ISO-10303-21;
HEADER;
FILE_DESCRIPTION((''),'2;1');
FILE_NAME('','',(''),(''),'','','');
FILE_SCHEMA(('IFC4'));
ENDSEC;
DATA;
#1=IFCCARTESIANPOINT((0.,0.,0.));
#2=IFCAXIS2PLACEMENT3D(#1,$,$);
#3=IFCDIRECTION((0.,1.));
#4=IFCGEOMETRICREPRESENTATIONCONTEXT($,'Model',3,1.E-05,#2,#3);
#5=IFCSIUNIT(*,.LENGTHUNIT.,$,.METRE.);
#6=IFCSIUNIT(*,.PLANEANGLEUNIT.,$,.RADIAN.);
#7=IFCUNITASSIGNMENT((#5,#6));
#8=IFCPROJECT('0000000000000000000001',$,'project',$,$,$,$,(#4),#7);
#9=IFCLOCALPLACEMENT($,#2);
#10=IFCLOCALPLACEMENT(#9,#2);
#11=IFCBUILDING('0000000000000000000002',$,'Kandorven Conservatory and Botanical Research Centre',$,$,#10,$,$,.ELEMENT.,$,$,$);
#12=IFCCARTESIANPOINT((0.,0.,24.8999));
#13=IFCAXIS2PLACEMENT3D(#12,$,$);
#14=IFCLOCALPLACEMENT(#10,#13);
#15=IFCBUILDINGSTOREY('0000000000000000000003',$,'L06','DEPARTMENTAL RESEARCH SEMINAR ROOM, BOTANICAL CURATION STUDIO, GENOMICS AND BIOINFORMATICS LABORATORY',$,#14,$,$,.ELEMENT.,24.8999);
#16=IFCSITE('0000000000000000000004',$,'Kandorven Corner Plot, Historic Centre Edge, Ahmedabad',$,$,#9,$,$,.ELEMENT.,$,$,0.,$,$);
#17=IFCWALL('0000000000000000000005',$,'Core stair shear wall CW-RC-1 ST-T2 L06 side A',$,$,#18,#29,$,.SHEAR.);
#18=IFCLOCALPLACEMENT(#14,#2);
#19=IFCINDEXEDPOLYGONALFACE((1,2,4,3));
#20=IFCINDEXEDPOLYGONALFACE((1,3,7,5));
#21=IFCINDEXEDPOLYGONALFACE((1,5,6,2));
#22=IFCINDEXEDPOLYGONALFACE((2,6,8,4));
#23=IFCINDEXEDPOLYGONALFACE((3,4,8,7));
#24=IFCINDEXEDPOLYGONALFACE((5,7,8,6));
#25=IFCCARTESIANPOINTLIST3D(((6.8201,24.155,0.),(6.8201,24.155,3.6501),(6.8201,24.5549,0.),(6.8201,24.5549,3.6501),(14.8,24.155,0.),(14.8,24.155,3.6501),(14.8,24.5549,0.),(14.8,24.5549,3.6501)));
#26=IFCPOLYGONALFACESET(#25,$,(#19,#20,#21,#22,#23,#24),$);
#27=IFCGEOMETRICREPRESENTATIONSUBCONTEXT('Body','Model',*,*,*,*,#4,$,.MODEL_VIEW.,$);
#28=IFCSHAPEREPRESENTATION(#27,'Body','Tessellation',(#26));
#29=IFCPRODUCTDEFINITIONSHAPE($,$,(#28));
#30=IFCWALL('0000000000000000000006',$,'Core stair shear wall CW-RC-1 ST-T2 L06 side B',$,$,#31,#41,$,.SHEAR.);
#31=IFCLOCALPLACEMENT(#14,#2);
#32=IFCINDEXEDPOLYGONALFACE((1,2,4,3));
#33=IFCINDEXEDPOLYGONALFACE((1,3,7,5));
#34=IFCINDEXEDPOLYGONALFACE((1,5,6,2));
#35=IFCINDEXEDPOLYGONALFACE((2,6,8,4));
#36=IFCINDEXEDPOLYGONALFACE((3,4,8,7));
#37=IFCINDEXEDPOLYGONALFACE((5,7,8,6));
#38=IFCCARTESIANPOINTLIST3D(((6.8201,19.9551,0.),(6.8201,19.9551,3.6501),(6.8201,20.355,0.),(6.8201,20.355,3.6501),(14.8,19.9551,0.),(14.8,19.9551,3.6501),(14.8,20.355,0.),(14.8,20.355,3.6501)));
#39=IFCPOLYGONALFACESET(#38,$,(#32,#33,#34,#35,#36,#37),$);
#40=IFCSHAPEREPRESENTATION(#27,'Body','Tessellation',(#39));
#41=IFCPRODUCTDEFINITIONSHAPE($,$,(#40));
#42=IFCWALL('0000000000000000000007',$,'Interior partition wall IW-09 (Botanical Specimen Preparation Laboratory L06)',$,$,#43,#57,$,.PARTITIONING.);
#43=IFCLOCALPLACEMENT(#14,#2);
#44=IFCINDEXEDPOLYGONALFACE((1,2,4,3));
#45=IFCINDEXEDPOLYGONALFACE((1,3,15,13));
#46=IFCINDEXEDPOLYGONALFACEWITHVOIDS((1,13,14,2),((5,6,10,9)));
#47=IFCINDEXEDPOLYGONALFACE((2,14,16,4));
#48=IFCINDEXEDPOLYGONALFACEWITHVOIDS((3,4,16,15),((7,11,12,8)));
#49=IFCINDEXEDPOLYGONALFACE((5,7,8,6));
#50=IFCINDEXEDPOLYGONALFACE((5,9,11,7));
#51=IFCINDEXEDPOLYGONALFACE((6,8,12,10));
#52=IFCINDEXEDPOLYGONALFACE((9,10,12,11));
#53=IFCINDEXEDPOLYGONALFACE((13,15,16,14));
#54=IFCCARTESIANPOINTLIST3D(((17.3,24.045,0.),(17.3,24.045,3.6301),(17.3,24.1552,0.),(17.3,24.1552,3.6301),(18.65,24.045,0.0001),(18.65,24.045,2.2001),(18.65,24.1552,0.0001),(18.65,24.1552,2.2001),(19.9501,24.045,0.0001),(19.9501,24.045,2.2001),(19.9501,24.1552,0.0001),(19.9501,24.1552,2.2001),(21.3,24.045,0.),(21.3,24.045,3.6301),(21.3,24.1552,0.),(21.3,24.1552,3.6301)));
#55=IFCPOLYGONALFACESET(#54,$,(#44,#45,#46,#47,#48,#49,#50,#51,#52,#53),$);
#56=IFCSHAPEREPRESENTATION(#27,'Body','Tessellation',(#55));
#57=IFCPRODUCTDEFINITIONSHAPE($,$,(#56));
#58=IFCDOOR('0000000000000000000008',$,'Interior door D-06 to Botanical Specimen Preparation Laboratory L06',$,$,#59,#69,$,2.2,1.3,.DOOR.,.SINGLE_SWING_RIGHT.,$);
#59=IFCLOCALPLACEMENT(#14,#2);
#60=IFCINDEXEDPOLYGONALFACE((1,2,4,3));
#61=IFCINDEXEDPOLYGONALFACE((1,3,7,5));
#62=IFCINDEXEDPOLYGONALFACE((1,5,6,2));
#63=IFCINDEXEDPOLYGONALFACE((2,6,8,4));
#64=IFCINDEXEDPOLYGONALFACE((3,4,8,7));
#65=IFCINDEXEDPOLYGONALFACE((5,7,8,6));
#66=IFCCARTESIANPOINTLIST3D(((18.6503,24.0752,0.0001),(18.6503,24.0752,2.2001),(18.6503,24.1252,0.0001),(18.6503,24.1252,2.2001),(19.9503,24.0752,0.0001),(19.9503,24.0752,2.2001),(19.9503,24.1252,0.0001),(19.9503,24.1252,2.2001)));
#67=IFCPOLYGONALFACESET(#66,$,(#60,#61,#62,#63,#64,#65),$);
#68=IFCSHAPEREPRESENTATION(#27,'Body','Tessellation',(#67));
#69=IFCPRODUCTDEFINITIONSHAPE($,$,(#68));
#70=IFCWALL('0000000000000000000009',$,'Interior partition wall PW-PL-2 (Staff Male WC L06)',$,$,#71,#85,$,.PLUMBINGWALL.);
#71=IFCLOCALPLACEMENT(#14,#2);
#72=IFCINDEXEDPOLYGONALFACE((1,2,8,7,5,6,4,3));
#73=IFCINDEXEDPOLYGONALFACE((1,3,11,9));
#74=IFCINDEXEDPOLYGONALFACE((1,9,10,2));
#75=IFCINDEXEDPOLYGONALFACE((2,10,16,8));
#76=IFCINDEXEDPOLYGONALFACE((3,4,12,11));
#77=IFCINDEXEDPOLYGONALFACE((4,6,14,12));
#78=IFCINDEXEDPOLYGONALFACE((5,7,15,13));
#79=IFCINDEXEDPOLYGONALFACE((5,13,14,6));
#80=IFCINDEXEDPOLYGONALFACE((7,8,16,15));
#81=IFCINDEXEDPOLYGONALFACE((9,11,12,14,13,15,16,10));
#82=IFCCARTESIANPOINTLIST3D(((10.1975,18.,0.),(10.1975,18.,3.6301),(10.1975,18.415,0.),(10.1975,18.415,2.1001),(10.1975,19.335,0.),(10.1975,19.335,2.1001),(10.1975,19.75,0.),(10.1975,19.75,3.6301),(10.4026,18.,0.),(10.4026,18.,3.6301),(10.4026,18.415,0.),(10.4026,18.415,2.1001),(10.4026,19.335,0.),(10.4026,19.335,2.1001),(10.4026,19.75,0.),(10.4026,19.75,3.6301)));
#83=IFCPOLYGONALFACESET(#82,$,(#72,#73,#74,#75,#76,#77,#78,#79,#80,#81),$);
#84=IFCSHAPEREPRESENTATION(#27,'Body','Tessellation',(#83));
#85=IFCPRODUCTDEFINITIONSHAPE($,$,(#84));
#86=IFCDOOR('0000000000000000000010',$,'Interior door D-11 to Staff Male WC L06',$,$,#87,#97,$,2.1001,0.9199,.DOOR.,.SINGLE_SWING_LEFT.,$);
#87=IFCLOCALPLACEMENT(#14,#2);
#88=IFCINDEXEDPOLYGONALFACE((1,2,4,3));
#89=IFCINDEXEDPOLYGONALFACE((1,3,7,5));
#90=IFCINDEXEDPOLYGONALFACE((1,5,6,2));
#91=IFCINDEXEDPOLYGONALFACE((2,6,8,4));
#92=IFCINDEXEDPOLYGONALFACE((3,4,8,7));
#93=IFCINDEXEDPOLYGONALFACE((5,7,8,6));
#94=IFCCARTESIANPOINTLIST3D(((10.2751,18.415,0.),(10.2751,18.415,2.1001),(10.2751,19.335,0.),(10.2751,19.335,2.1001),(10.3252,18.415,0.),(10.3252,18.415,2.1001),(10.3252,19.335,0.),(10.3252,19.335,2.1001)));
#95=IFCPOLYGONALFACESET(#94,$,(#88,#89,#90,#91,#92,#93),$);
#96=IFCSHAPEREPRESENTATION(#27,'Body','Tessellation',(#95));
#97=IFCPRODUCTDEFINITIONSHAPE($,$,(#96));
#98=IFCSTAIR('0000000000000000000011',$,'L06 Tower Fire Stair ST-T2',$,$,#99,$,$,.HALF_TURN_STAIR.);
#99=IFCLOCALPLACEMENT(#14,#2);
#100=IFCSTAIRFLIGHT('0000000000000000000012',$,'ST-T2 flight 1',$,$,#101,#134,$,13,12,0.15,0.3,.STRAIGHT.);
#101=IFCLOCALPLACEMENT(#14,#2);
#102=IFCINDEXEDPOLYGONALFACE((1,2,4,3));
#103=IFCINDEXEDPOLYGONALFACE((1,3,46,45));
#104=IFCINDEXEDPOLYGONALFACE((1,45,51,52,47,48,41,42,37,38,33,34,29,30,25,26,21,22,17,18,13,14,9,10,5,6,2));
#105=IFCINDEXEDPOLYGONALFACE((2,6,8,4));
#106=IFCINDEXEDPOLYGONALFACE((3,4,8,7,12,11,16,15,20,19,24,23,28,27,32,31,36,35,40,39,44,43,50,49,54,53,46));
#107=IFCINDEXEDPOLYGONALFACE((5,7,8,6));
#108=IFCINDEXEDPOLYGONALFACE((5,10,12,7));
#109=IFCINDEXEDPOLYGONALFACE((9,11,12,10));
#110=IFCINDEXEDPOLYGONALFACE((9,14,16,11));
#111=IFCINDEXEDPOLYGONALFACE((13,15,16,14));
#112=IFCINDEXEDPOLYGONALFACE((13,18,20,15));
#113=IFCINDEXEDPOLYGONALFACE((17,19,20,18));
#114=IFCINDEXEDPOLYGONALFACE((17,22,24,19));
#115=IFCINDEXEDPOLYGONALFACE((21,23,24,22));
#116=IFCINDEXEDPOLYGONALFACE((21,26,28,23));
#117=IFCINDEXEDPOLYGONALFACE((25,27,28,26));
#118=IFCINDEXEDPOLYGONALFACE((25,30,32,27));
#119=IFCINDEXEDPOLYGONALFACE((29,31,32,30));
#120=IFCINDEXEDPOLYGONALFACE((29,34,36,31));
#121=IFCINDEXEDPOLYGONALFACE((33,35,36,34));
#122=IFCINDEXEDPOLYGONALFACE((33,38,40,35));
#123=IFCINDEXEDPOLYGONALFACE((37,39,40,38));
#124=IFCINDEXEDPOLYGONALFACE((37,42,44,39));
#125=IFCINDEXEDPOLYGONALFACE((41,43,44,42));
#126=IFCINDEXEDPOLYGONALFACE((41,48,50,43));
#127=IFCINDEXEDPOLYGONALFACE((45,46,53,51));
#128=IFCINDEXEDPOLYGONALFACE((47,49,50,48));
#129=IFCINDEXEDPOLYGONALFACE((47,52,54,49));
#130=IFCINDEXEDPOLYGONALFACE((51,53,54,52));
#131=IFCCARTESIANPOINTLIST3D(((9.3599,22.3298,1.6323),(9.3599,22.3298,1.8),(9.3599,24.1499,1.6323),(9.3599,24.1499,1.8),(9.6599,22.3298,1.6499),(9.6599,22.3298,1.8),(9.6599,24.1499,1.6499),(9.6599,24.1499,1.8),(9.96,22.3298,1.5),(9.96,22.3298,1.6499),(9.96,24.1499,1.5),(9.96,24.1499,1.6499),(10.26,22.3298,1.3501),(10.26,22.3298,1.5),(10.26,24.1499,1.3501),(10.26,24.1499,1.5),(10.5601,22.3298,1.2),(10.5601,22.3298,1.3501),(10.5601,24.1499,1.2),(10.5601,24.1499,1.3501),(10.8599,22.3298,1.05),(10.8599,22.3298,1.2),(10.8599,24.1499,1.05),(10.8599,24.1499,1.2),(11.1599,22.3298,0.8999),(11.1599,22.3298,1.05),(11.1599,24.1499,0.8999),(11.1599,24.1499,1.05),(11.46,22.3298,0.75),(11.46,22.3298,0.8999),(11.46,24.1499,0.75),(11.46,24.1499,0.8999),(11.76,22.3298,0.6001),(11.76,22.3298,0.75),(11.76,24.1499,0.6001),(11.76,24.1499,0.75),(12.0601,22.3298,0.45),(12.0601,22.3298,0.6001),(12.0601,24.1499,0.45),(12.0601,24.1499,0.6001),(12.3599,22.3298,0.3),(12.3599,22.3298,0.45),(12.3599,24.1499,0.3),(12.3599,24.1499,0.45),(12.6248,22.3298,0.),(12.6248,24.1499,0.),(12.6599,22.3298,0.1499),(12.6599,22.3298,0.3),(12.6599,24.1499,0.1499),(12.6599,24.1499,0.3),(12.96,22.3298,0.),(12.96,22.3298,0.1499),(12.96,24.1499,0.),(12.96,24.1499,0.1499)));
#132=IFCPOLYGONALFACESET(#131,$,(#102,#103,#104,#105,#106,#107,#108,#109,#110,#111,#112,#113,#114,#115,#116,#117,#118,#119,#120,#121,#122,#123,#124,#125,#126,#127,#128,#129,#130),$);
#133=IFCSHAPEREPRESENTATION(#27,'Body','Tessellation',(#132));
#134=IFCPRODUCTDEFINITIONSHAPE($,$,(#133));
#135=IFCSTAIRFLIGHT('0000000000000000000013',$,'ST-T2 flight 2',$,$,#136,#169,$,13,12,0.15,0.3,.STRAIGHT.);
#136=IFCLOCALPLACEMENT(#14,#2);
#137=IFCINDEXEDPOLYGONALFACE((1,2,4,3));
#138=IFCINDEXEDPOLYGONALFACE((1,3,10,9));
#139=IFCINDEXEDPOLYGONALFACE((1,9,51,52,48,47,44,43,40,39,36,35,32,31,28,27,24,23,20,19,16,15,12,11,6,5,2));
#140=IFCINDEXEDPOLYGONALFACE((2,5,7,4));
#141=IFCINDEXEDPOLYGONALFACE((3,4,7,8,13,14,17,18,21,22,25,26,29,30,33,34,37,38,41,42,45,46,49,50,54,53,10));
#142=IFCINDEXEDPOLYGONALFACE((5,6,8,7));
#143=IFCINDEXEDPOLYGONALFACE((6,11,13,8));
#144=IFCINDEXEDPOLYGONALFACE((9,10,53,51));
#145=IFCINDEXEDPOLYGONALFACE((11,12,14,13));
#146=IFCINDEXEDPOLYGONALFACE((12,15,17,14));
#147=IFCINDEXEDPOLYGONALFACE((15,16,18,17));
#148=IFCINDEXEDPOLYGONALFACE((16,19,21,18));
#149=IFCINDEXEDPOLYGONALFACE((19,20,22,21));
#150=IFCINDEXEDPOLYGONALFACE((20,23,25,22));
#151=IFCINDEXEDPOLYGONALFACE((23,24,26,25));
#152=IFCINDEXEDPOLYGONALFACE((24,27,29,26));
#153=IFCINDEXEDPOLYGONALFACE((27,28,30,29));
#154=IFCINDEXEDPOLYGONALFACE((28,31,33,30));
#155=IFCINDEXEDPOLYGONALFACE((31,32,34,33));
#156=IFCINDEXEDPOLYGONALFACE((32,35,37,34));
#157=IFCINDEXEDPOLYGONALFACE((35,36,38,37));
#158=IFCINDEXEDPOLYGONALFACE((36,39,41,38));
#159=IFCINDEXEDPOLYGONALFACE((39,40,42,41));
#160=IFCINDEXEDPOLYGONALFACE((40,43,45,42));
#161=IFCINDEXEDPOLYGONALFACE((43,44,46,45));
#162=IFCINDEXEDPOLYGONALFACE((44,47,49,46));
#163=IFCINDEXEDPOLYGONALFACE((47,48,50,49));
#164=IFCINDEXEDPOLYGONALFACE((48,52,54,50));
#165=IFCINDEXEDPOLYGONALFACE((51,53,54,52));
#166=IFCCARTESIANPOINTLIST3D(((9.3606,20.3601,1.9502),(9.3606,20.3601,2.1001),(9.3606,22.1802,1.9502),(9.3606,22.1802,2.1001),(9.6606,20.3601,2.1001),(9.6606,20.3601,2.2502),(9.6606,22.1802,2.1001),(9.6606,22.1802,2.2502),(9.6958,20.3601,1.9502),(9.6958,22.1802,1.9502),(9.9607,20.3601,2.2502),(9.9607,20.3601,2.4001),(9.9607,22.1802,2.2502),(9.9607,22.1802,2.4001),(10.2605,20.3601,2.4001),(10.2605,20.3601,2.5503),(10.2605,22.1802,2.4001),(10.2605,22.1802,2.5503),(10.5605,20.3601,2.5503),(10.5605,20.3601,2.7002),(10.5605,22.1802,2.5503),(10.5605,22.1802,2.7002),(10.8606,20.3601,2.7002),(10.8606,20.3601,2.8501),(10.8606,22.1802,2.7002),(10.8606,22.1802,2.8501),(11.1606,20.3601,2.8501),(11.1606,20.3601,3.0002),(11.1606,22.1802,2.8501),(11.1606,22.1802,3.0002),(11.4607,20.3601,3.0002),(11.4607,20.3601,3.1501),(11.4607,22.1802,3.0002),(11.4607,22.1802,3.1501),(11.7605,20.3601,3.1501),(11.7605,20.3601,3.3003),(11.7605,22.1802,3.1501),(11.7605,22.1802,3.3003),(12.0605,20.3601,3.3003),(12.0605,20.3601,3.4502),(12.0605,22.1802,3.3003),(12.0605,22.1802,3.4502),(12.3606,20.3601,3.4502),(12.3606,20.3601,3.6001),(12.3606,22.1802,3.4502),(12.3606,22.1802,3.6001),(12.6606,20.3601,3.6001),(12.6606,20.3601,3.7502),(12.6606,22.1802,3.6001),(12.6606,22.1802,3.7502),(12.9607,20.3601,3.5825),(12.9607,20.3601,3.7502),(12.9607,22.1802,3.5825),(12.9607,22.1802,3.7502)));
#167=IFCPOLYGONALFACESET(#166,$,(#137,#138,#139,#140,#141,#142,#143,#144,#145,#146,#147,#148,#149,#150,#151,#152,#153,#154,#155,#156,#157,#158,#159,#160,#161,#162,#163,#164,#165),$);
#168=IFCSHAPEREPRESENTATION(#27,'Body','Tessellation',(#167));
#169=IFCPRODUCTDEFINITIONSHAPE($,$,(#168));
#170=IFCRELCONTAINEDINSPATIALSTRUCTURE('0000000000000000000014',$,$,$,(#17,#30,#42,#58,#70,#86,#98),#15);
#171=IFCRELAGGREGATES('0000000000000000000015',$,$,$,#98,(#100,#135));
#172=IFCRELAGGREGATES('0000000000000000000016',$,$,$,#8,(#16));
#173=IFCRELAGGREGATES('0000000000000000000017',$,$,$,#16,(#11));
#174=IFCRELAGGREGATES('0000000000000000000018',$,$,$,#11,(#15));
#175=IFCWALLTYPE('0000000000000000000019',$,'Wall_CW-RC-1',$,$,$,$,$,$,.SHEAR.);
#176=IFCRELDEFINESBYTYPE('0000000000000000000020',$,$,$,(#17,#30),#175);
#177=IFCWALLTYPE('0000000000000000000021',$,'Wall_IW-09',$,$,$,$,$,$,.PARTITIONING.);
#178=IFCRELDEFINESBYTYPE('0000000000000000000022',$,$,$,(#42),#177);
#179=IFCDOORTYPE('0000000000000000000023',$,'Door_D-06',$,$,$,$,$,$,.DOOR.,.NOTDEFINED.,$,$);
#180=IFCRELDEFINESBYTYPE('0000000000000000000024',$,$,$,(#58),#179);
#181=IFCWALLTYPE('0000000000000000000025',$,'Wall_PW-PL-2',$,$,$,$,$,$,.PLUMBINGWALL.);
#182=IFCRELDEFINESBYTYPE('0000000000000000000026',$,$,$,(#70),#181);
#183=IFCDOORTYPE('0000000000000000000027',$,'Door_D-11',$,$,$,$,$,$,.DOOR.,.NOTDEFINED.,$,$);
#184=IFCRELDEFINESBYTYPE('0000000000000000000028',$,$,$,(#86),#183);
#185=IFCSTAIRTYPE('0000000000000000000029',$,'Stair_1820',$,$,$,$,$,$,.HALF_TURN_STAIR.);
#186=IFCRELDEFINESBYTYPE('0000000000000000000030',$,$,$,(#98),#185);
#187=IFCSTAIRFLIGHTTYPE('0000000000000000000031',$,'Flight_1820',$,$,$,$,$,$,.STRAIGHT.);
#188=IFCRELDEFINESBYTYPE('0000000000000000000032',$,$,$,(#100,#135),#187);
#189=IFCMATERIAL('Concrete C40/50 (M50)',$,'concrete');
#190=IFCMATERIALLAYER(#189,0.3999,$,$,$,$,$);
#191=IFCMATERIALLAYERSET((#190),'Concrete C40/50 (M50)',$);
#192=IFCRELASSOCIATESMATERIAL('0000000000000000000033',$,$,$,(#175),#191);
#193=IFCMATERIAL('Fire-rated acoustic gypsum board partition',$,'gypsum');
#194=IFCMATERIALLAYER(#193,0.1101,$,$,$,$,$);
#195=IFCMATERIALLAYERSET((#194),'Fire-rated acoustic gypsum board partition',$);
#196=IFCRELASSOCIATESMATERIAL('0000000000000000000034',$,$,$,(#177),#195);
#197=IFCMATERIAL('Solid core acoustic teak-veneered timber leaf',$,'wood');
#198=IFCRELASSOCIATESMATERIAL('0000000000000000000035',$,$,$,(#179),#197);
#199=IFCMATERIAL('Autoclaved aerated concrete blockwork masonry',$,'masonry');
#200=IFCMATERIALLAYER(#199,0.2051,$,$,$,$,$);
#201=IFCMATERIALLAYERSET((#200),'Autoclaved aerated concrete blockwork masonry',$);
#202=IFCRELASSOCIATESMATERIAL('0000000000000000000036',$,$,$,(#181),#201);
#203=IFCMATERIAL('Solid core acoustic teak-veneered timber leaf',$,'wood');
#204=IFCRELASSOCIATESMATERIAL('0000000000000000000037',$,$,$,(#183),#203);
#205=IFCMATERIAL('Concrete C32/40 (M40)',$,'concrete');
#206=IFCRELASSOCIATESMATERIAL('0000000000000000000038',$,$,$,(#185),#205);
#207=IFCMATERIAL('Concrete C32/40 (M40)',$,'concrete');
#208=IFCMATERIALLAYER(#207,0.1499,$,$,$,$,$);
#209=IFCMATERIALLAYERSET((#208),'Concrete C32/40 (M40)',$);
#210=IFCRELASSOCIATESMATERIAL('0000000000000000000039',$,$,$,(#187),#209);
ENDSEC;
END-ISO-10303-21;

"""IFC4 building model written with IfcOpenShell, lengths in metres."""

from ifc_helpers import new_model, si_unit, direction, frame, frame_2d, origin, place, context, subcontext, project, spatial, polyline, rectangle, outline, extrude, material, layer, layer_set, type_object, element, fill, aggregate, save


model = new_model("IFC4")

# Units and contexts
model_context = context("Model", 3, precision=1e-05, world=origin(), true_north=direction((0.0, 1.0)))
body_context = subcontext(model_context, "Body", "Model", "MODEL_VIEW")
ifc_project = project(units=[si_unit("LENGTHUNIT", "METRE"), si_unit("PLANEANGLEUNIT", "RADIAN")], contexts=[model_context])

# Site, building, storey
site_placement = place(None, origin())
site = spatial("IfcSite", under=ifc_project, at=site_placement, Name="Kandorven Corner Plot, Historic Centre Edge, Ahmedabad", CompositionType="ELEMENT", RefElevation=0.0)
building_placement = place(site_placement, origin())
building = spatial("IfcBuilding", under=site, at=building_placement, Name="Kandorven Conservatory and Botanical Research Centre", CompositionType="ELEMENT")
storey_placement = place(building_placement, frame((0.0, 0.0, 24.8999)))
storey = spatial("IfcBuildingStorey", under=building, at=storey_placement, Name="L06", Description="DEPARTMENTAL RESEARCH SEMINAR ROOM, BOTANICAL CURATION STUDIO, GENOMICS AND BIOINFORMATICS LABORATORY", CompositionType="ELEMENT", Elevation=24.8999)

# Walls
ifc_material_1 = material(Name="Concrete C40/50 (M50)", Category="concrete")
ifc_layer_1 = layer(ifc_material_1, 0.3999)
ifc_layer_set_1 = layer_set([ifc_layer_1], Name="Concrete C40/50 (M50)")
wall_type_1 = type_object("IfcWallType", Name="Wall_CW-RC-1", PredefinedType="SHEAR", material=ifc_layer_set_1)
for number, where, z_axis, x_axis, name in (
    (1, (14.8, 24.355, 0.0), (0.0, 0.0, 1.0), (-1.0, 0.0, 0.0), "Core stair shear wall CW-RC-1 ST-T2 L06 side A"),
    (2, (14.8, 20.155, 0.0), (0.0, 0.0, 1.0), (-1.0, 0.0, 0.0), "Core stair shear wall CW-RC-1 ST-T2 L06 side B"),
):
    element("IfcWall", number, at=place(storey_placement, frame(where, z_axis=z_axis, x_axis=x_axis)), inside=storey, type_object=wall_type_1, Name=name, PredefinedType="SHEAR", context=body_context, shape_type="SweptSolid", body=[
        extrude(rectangle(XDim=7.98, YDim=0.3999, at=frame_2d((3.99, 0.0))), origin(), (0.0, 0.0, 1.0), 3.6501),
    ])

# Walls, openings, doors
ifc_material_2 = material(Name="Fire-rated acoustic gypsum board partition", Category="gypsum")
ifc_layer_2 = layer(ifc_material_2, 0.1101)
ifc_layer_set_2 = layer_set([ifc_layer_2], Name="Fire-rated acoustic gypsum board partition")
wall_type_2 = type_object("IfcWallType", Name="Wall_IW-09", PredefinedType="PARTITIONING", material=ifc_layer_set_2)
wall_1_placement = place(storey_placement, frame((17.3, 24.1001, 0.0), z_axis=(0.0, 0.0, 1.0), x_axis=(1.0, 0.0, 0.0)))
wall_1 = element("IfcWall", 3, at=wall_1_placement, inside=storey, type_object=wall_type_2, Name="Interior partition wall IW-09 (Botanical Specimen Preparation Laboratory L06)", PredefinedType="PARTITIONING", context=body_context, shape_type="SweptSolid", body=[
    extrude(rectangle(XDim=4.0, YDim=0.1101, at=frame_2d((2.0, 0.0))), origin(), (0.0, 0.0, 1.0), 3.6301),
])
opening_1_placement = place(wall_1_placement, frame((1.3501, 0.0, 0.0)))
opening_1 = element("IfcOpeningElement", 4, at=opening_1_placement, cuts=wall_1, PredefinedType="OPENING", context=body_context, shape_type="SweptSolid", body=[
    extrude(rectangle(XDim=1.3, YDim=2.2, at=frame_2d((0.6499, 1.1001))), frame((0.0, 0.0649, 0.0), z_axis=(0.0, -1.0, 0.0), x_axis=(1.0, 0.0, 0.0)), (0.0, 0.0, 1.0), 0.1301),
])
ifc_material_3 = material(Name="Solid core acoustic teak-veneered timber leaf", Category="wood")
door_type_1 = type_object("IfcDoorType", Name="Door_D-06", OperationType="NOTDEFINED", PredefinedType="DOOR", material=ifc_material_3)
door_1_placement = place(opening_1_placement, frame((1.3, 0.0, 0.0), z_axis=(0.0, 0.0, 1.0), x_axis=(-1.0, 0.0, 0.0)))
door_1 = element("IfcDoor", 5, at=door_1_placement, inside=storey, type_object=door_type_1, Name="Interior door D-06 to Botanical Specimen Preparation Laboratory L06", OperationType="SINGLE_SWING_RIGHT", OverallHeight=2.2, OverallWidth=1.3, PredefinedType="DOOR", context=body_context, shape_type="SweptSolid", body=[
    extrude(rectangle(XDim=1.3, YDim=2.2, at=frame_2d((0.6499, 1.1001))), frame((0.0, 0.0249, 0.0), z_axis=(0.0, -1.0, 0.0), x_axis=(1.0, 0.0, 0.0)), (0.0, 0.0, 1.0), 0.05),
])
fill(opening_1, door_1)
ifc_material_4 = material(Name="Autoclaved aerated concrete blockwork masonry", Category="masonry")
ifc_layer_3 = layer(ifc_material_4, 0.2051)
ifc_layer_set_3 = layer_set([ifc_layer_3], Name="Autoclaved aerated concrete blockwork masonry")
wall_type_3 = type_object("IfcWallType", Name="Wall_PW-PL-2", PredefinedType="PLUMBINGWALL", material=ifc_layer_set_3)
wall_2_placement = place(storey_placement, frame((10.3, 18.0, 0.0), z_axis=(0.0, 0.0, 1.0), x_axis=(0.0, 1.0, 0.0)))
wall_2 = element("IfcWall", 6, at=wall_2_placement, inside=storey, type_object=wall_type_3, Name="Interior partition wall PW-PL-2 (Staff Male WC L06)", PredefinedType="PLUMBINGWALL", context=body_context, shape_type="SweptSolid", body=[
    extrude(rectangle(XDim=1.75, YDim=0.2051, at=frame_2d((0.875, 0.0))), origin(), (0.0, 0.0, 1.0), 3.6301),
])
opening_2_placement = place(wall_2_placement, frame((0.415, 0.0, 0.0)))
opening_2 = element("IfcOpeningElement", 7, at=opening_2_placement, cuts=wall_2, PredefinedType="OPENING", context=body_context, shape_type="SweptSolid", body=[
    extrude(rectangle(XDim=0.9199, YDim=2.1001, at=frame_2d((0.46, 1.05))), frame((0.0, 0.1125, 0.0), z_axis=(0.0, -1.0, 0.0), x_axis=(1.0, 0.0, 0.0)), (0.0, 0.0, 1.0), 0.2251),
])
ifc_material_5 = material(Name="Solid core acoustic teak-veneered timber leaf", Category="wood")
door_type_2 = type_object("IfcDoorType", Name="Door_D-11", OperationType="NOTDEFINED", PredefinedType="DOOR", material=ifc_material_5)
door_2_placement = place(opening_2_placement, origin())
door_2 = element("IfcDoor", 8, at=door_2_placement, inside=storey, type_object=door_type_2, Name="Interior door D-11 to Staff Male WC L06", OperationType="SINGLE_SWING_LEFT", OverallHeight=2.1001, OverallWidth=0.9199, PredefinedType="DOOR", context=body_context, shape_type="SweptSolid", body=[
    extrude(rectangle(XDim=0.9199, YDim=2.1001, at=frame_2d((0.46, 1.05))), frame((0.0, 0.0249, 0.0), z_axis=(0.0, -1.0, 0.0), x_axis=(1.0, 0.0, 0.0)), (0.0, 0.0, 1.0), 0.05),
])
fill(opening_2, door_2)

# Stair, stair flights
ifc_material_6 = material(Name="Concrete C32/40 (M40)", Category="concrete")
stair_type = type_object("IfcStairType", Name="Stair_1820", PredefinedType="HALF_TURN_STAIR", material=ifc_material_6)
stair_placement = place(storey_placement, origin())
stair = element("IfcStair", 9, at=stair_placement, inside=storey, type_object=stair_type, Name="L06 Tower Fire Stair ST-T2", PredefinedType="HALF_TURN_STAIR")
ifc_material_7 = material(Name="Concrete C32/40 (M40)", Category="concrete")
ifc_layer_4 = layer(ifc_material_7, 0.1499)
ifc_layer_set_4 = layer_set([ifc_layer_4], Name="Concrete C32/40 (M40)")
stair_flight_type = type_object("IfcStairFlightType", Name="Flight_1820", PredefinedType="STRAIGHT", material=ifc_layer_set_4)
stair_flight_1_placement = place(storey_placement, frame((12.96, 23.24, 0.0), z_axis=(0.0, 0.0, 1.0), x_axis=(-1.0, 0.0, 0.0)))
stair_flight_1 = element("IfcStairFlight", 10, at=stair_flight_1_placement, type_object=stair_flight_type, Name="ST-T2 flight 1", NumberOfRisers=13, NumberOfTreads=12, PredefinedType="STRAIGHT", RiserHeight=0.15, TreadLength=0.3, context=body_context, shape_type="SweptSolid", body=[
    extrude(outline(polyline([(0.0, 0.0), (0.0, 0.1499), (0.3, 0.1499), (0.3, 0.3), (0.6001, 0.3), (0.6001, 0.45), (0.8999, 0.45), (0.8999, 0.6001), (1.2, 0.6001), (1.2, 0.75), (1.5, 0.75), (1.5, 0.8999), (1.8, 0.8999), (1.8, 1.05), (2.1001, 1.05), (2.1001, 1.2), (2.3999, 1.2), (2.3999, 1.3501), (2.7, 1.3501), (2.7, 1.5), (3.0, 1.5), (3.0, 1.6499), (3.3, 1.6499), (3.3, 1.8), (3.6001, 1.8), (3.6001, 1.95), (3.6001, 1.6323), (0.3352, 0.0), (0.0, 0.0)])), frame((0.0, 0.9102, 0.0), z_axis=(0.0, -1.0, 0.0), x_axis=(1.0, 0.0, 0.0)), (0.0, 0.0, 1.0), 1.8201),
])
stair_flight_2_placement = place(storey_placement, frame((9.3606, 21.27, 1.9502), z_axis=(0.0, 0.0, 1.0), x_axis=(1.0, 0.0, 0.0)))
stair_flight_2 = element("IfcStairFlight", 11, at=stair_flight_2_placement, type_object=stair_flight_type, Name="ST-T2 flight 2", NumberOfRisers=13, NumberOfTreads=12, PredefinedType="STRAIGHT", RiserHeight=0.15, TreadLength=0.3, context=body_context, shape_type="SweptSolid", body=[
    extrude(outline(polyline([(0.0, 0.0), (0.0, 0.1499), (0.3, 0.1499), (0.3, 0.3), (0.6001, 0.3), (0.6001, 0.45), (0.8999, 0.45), (0.8999, 0.6001), (1.2, 0.6001), (1.2, 0.75), (1.5, 0.75), (1.5, 0.8999), (1.8, 0.8999), (1.8, 1.05), (2.1001, 1.05), (2.1001, 1.2), (2.3999, 1.2), (2.3999, 1.3501), (2.7, 1.3501), (2.7, 1.5), (3.0, 1.5), (3.0, 1.6499), (3.3, 1.6499), (3.3, 1.8), (3.6001, 1.8), (3.6001, 1.95), (3.6001, 1.6323), (0.3352, 0.0), (0.0, 0.0)])), frame((0.0, 0.9102, 0.0), z_axis=(0.0, -1.0, 0.0), x_axis=(1.0, 0.0, 0.0)), (0.0, 0.0, 1.0), 1.8201),
])
aggregate(stair, [stair_flight_1, stair_flight_2])

save(model, "model.ifc")
